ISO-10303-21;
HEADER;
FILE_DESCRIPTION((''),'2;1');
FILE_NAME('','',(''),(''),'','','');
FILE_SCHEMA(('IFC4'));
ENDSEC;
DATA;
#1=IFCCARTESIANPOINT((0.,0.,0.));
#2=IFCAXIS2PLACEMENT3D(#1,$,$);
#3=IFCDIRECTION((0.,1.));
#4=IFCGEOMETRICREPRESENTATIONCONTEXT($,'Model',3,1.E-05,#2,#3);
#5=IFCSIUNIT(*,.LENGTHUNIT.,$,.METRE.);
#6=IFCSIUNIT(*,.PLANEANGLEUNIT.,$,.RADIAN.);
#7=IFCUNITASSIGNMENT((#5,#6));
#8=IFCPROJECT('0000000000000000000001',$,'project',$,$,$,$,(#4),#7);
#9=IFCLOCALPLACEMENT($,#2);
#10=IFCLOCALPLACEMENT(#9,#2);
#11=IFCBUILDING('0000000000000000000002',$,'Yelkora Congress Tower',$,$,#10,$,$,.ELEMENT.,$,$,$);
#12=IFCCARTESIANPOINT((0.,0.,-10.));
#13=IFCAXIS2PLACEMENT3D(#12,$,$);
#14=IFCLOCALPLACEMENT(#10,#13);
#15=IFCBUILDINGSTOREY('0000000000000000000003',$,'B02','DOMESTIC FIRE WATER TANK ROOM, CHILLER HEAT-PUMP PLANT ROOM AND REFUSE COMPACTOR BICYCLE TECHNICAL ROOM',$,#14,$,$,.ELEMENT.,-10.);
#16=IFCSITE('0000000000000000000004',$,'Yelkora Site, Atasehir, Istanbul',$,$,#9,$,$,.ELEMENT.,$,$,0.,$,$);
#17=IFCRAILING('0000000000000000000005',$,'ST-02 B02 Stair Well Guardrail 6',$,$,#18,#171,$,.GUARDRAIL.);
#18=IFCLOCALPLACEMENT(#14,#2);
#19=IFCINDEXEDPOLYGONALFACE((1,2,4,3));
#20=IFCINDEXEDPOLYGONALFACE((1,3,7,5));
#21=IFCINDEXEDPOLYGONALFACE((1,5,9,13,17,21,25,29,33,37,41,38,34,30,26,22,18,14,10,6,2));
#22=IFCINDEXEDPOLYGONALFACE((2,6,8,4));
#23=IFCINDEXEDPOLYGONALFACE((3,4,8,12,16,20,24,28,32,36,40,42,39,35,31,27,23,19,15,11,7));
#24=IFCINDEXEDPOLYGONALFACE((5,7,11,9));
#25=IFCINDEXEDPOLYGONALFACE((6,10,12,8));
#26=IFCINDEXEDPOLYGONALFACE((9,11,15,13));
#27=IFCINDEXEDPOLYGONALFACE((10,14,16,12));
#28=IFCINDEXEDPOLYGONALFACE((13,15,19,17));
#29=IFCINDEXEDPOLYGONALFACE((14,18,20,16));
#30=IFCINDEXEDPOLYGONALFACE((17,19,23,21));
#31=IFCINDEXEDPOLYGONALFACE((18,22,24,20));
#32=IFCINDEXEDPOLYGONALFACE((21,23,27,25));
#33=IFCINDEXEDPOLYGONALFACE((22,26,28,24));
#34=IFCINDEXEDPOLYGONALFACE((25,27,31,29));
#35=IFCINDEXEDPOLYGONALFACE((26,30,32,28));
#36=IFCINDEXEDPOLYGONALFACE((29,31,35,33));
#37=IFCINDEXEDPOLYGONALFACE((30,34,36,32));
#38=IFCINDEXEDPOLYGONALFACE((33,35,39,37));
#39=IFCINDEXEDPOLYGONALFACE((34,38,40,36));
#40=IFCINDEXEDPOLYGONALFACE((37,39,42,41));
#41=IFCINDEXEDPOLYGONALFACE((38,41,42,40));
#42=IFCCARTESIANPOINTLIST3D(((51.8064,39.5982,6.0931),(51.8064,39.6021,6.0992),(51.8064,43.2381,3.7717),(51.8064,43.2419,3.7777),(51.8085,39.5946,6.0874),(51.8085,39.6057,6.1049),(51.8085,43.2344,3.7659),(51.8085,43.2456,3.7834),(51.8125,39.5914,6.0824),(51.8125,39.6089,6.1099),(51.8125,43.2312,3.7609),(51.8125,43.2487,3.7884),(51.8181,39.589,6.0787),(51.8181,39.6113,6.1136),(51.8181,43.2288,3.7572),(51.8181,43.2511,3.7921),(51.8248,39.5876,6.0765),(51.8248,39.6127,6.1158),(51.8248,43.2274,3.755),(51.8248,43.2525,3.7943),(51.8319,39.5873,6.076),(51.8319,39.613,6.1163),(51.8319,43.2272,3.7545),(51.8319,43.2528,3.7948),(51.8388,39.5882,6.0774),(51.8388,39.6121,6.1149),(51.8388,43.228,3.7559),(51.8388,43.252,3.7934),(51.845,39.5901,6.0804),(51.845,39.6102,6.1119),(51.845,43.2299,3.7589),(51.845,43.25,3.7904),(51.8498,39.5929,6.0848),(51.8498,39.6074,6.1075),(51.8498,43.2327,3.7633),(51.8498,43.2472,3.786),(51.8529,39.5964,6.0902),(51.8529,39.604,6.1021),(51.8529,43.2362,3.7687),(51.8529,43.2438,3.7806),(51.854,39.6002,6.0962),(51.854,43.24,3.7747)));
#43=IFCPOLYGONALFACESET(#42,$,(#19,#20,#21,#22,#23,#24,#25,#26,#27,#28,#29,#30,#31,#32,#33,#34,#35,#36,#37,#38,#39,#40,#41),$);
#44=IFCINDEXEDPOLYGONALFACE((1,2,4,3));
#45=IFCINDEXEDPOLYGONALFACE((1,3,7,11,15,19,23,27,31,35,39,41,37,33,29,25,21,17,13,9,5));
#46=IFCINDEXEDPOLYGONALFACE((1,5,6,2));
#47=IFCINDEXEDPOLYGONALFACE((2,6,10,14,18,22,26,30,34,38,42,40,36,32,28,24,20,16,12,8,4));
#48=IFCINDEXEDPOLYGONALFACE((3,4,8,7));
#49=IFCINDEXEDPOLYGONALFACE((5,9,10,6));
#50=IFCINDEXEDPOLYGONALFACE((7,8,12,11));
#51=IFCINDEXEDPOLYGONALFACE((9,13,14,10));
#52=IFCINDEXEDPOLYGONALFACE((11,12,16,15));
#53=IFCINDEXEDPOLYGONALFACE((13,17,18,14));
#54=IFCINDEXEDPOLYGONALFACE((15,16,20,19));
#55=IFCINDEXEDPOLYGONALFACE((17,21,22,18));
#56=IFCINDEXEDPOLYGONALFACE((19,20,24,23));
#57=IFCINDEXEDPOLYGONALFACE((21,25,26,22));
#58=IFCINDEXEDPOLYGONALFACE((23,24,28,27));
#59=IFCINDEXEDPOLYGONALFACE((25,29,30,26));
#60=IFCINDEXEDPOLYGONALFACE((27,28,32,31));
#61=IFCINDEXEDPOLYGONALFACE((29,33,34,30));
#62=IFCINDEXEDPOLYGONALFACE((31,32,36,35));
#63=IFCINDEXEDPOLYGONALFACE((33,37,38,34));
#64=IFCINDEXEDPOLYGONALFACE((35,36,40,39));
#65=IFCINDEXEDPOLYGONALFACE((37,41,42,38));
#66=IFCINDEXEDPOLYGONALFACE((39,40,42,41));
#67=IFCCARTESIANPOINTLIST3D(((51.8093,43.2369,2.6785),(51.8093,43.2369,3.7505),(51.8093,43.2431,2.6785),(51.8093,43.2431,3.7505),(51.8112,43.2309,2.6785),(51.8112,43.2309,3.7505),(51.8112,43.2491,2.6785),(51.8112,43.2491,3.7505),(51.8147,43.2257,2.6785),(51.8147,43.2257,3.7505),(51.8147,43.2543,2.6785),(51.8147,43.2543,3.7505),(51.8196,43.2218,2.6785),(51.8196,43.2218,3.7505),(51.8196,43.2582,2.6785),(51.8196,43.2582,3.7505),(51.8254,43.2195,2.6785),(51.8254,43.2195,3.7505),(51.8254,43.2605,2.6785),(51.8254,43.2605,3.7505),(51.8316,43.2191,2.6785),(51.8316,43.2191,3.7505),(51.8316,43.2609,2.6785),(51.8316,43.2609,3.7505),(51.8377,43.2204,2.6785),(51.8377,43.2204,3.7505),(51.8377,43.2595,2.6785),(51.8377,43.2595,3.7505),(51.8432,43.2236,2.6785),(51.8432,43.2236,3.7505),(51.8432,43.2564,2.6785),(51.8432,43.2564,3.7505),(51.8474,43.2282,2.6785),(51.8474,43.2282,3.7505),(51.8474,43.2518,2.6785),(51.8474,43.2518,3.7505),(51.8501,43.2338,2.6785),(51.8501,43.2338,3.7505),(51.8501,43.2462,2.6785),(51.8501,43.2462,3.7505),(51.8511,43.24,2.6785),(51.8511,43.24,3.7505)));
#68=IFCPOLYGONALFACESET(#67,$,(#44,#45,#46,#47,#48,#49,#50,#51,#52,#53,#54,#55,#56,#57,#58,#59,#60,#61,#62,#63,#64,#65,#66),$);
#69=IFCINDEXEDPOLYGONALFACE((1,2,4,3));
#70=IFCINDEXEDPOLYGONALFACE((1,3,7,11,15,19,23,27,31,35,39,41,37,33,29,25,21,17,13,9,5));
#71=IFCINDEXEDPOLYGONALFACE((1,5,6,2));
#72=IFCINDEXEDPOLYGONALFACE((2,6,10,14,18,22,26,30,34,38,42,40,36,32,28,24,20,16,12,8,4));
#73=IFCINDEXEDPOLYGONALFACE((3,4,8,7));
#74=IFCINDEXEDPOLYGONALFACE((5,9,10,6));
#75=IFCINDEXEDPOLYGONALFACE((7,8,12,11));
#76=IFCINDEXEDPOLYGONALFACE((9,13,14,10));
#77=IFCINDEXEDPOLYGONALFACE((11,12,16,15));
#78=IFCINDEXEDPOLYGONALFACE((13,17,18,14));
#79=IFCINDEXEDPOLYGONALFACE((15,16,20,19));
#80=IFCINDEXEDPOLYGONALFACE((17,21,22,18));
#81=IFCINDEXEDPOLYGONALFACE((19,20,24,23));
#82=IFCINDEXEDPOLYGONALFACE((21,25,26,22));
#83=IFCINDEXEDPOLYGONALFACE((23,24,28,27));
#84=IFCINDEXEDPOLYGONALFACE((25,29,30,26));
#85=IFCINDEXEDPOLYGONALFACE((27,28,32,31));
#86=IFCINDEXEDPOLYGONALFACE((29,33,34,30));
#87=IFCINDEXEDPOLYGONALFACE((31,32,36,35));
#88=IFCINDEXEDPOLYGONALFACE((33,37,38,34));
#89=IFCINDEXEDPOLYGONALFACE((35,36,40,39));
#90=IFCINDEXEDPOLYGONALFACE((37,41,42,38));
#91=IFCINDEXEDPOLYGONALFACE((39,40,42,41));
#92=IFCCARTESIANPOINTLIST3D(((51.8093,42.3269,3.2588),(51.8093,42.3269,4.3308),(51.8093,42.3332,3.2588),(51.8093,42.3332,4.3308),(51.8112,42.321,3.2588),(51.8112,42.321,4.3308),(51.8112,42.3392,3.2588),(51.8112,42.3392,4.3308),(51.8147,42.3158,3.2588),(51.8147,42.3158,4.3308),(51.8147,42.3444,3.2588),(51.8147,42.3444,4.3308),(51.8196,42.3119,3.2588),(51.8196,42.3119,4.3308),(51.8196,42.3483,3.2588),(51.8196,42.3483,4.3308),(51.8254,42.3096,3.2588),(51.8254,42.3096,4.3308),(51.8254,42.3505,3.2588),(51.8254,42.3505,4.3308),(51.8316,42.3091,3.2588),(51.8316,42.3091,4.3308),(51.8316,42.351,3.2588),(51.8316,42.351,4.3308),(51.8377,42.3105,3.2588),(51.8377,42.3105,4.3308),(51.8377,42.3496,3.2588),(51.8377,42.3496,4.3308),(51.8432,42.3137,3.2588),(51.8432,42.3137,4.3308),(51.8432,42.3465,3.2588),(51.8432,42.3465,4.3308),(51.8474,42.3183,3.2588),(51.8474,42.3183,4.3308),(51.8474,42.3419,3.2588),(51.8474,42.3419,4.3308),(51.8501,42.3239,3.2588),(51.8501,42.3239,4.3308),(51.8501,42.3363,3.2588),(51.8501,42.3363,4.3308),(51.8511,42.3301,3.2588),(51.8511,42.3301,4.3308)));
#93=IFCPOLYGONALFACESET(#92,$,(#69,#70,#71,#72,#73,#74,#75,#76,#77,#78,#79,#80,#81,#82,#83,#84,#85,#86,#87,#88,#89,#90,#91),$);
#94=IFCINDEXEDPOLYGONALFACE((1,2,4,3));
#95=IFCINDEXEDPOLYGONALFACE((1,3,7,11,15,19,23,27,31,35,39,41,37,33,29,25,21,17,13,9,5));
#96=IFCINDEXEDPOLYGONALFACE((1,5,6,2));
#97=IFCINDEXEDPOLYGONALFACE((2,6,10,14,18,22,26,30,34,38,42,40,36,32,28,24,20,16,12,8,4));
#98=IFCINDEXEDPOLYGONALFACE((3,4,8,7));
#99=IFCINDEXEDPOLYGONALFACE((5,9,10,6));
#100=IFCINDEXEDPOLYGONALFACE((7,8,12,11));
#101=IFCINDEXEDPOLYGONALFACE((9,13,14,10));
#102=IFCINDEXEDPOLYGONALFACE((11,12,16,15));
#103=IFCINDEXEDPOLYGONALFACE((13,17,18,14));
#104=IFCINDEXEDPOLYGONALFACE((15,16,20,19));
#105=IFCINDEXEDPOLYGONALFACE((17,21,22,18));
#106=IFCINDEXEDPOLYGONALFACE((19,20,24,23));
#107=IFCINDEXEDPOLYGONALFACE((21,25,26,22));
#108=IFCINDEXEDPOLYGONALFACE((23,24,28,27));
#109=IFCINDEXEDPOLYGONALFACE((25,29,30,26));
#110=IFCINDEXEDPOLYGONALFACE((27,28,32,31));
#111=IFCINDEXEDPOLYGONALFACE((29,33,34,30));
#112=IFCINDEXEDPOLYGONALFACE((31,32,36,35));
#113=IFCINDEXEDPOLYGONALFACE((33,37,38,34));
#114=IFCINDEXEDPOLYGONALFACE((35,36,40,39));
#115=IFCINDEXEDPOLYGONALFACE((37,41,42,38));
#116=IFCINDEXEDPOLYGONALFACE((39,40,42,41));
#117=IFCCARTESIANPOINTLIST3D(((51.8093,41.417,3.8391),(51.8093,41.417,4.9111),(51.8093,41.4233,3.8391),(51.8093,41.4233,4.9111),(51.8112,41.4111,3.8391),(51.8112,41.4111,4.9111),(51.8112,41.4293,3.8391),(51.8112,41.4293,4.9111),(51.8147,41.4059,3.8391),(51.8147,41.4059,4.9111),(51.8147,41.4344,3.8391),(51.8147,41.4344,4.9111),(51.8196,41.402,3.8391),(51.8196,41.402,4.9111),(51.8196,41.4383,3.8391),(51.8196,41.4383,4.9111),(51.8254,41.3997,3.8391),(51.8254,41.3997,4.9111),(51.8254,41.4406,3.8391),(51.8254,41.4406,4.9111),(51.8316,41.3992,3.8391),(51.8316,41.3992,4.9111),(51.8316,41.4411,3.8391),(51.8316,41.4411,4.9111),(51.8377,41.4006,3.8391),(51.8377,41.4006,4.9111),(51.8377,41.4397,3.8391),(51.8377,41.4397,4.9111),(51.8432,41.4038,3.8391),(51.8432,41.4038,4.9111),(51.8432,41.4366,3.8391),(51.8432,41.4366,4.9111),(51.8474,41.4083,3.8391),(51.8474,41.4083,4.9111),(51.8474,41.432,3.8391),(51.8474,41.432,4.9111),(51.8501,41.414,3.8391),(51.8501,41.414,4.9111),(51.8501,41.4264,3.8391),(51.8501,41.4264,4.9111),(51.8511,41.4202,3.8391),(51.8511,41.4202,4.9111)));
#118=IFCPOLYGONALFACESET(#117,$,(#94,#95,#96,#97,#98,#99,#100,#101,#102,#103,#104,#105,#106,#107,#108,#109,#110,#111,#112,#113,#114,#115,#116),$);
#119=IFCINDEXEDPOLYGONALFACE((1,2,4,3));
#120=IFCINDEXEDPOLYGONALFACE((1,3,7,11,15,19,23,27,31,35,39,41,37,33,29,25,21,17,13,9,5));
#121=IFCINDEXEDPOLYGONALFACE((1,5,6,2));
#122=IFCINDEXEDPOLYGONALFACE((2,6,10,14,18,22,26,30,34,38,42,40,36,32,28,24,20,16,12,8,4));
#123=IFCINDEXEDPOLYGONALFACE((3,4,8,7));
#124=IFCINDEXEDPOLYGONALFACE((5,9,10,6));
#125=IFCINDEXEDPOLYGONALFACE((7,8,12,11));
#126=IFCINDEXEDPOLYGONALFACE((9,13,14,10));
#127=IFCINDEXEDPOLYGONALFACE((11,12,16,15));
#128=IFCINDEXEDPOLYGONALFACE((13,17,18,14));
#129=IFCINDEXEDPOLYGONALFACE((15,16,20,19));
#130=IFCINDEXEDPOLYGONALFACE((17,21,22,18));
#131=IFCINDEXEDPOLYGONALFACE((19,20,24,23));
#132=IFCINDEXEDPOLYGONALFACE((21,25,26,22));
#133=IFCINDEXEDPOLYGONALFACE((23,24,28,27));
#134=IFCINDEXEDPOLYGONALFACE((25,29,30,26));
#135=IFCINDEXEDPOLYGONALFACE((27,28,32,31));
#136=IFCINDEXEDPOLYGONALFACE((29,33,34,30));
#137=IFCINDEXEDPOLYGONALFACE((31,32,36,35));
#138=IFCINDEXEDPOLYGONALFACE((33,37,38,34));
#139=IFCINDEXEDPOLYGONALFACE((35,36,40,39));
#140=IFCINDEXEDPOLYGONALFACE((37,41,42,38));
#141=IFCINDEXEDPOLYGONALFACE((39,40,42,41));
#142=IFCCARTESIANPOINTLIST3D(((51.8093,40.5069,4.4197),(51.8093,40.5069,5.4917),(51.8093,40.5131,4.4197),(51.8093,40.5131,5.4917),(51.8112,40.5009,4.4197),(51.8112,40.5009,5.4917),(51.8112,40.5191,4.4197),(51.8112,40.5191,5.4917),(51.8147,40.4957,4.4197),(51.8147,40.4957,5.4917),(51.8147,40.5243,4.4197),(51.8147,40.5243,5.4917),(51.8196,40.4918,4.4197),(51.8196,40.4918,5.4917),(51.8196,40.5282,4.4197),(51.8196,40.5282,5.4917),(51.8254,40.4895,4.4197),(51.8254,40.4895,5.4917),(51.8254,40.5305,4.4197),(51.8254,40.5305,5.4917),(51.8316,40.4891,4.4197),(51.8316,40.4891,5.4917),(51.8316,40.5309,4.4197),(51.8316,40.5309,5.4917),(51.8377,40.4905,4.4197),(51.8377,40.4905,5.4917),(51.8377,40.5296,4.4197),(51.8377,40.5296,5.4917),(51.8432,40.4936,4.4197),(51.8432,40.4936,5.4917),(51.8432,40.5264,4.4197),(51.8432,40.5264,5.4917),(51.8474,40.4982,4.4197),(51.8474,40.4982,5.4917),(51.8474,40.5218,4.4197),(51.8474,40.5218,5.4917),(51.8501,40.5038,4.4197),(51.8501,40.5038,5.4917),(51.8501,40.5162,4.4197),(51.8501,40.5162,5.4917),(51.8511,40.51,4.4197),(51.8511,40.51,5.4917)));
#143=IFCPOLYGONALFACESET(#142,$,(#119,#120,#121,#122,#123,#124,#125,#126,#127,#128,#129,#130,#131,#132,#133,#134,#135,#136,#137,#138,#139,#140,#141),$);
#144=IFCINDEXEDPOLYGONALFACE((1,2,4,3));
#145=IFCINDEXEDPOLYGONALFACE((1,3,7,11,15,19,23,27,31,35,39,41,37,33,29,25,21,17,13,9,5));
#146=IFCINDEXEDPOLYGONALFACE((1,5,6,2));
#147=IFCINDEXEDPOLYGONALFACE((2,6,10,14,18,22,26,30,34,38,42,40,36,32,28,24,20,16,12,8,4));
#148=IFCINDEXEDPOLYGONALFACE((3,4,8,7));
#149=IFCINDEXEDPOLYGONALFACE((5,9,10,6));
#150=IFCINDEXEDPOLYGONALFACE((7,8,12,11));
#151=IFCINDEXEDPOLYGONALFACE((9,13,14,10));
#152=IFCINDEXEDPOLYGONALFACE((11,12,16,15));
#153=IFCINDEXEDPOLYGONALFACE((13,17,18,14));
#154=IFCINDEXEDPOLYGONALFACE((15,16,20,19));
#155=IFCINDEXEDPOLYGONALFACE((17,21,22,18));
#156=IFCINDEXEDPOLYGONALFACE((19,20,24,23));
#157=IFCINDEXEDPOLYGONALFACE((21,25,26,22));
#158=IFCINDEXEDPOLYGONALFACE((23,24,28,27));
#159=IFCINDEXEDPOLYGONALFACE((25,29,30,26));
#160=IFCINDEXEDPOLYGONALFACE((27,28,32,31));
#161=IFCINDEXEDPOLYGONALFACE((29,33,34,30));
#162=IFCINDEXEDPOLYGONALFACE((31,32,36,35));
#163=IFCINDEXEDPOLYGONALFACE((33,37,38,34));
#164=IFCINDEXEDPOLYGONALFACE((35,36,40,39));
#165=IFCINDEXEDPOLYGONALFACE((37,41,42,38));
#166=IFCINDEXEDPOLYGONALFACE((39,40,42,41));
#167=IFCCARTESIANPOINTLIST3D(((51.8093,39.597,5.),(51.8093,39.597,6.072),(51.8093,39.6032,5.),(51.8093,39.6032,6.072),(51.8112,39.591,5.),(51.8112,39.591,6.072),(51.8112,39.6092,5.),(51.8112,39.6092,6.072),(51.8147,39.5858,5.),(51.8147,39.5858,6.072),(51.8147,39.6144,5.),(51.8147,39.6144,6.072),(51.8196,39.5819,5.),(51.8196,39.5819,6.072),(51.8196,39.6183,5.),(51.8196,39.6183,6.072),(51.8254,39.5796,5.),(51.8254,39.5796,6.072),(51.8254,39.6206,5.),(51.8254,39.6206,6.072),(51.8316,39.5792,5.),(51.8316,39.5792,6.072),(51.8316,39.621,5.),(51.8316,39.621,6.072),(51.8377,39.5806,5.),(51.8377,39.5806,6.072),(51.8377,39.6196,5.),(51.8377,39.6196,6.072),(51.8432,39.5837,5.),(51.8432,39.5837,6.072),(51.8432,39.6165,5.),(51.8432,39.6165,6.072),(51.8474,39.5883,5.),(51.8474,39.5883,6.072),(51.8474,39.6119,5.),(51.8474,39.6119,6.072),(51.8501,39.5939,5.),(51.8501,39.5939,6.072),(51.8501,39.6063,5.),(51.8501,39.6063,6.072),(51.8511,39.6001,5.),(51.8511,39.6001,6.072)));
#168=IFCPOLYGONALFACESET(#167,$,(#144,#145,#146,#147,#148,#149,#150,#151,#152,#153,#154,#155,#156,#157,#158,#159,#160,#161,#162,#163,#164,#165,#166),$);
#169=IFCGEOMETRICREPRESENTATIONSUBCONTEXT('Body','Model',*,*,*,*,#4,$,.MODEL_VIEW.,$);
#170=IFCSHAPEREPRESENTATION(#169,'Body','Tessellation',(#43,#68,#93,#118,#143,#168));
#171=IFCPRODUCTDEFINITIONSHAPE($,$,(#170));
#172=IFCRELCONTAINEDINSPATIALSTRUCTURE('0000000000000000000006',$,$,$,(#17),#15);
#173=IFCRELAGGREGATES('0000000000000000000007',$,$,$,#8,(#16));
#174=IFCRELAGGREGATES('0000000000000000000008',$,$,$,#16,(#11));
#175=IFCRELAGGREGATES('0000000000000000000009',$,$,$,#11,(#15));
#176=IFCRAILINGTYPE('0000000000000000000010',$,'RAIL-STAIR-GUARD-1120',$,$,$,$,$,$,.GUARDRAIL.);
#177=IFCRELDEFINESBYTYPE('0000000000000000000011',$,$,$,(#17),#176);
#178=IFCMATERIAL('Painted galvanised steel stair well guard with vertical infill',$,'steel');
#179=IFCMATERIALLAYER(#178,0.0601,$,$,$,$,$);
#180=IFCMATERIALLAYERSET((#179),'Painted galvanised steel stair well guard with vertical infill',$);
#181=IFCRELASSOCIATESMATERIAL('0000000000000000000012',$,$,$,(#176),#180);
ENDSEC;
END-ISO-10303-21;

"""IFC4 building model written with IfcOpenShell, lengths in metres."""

from ifc_helpers import new_model, si_unit, direction, frame, origin, origin_2d, place, context, subcontext, project, spatial, circle, extrude, material, layer, layer_set, type_object, element, save


model = new_model("IFC4")

# Units and contexts
model_context = context("Model", 3, precision=1e-05, world=origin(), true_north=direction((0.0, 1.0)))
body_context = subcontext(model_context, "Body", "Model", "MODEL_VIEW")
ifc_project = project(units=[si_unit("LENGTHUNIT", "METRE"), si_unit("PLANEANGLEUNIT", "RADIAN")], contexts=[model_context])

# Site, building, storey
site_placement = place(None, origin())
site = spatial("IfcSite", under=ifc_project, at=site_placement, Name="Yelkora Site, Atasehir, Istanbul", CompositionType="ELEMENT", RefElevation=0.0)
building_placement = place(site_placement, origin())
building = spatial("IfcBuilding", under=site, at=building_placement, Name="Yelkora Congress Tower", CompositionType="ELEMENT")
storey_placement = place(building_placement, frame((0.0, 0.0, -10.0)))
storey = spatial("IfcBuildingStorey", under=building, at=storey_placement, Name="B02", Description="DOMESTIC FIRE WATER TANK ROOM, CHILLER HEAT-PUMP PLANT ROOM AND REFUSE COMPACTOR BICYCLE TECHNICAL ROOM", CompositionType="ELEMENT", Elevation=-10.0)

# Railing
ifc_material_1 = material(Name="Painted galvanised steel stair well guard with vertical infill", Category="steel")
ifc_layer_1 = layer(ifc_material_1, 0.0601)
ifc_layer_set_1 = layer_set([ifc_layer_1], Name="Painted galvanised steel stair well guard with vertical infill")
railing_type_1 = type_object("IfcRailingType", Name="RAIL-STAIR-GUARD-1120", PredefinedType="GUARDRAIL", material=ifc_layer_set_1)
railing_1_placement = place(storey_placement, frame((51.8301, 43.24, 2.6785)))
element("IfcRailing", 1, at=railing_1_placement, inside=storey, type_object=railing_type_1, Name="ST-02 B02 Stair Well Guardrail 6", PredefinedType="GUARDRAIL", context=body_context, shape_type="SweptSolid", body=[
    extrude(circle(Radius=0.0239, at=origin_2d()), frame((0.0, 0.0, 1.0962), z_axis=(0.0, -0.843112, 0.537739), x_axis=(1.0, 0.0, 0.0)), (0.0, 0.0, 1.0), 4.3171),
    extrude(circle(Radius=0.021, at=origin_2d()), origin(), (0.0, 0.0, 1.0), 1.072),
    extrude(circle(Radius=0.021, at=origin_2d()), frame((0.0, -0.9099, 0.5803)), (0.0, 0.0, 1.0), 1.072),
    extrude(circle(Radius=0.021, at=origin_2d()), frame((0.0, -1.8198, 1.1606)), (0.0, 0.0, 1.0), 1.072),
    extrude(circle(Radius=0.021, at=origin_2d()), frame((0.0, -2.73, 1.7412)), (0.0, 0.0, 1.0), 1.072),
    extrude(circle(Radius=0.021, at=origin_2d()), frame((0.0, -3.6399, 2.3215)), (0.0, 0.0, 1.0), 1.072),
])

save(model, "model.ifc")
